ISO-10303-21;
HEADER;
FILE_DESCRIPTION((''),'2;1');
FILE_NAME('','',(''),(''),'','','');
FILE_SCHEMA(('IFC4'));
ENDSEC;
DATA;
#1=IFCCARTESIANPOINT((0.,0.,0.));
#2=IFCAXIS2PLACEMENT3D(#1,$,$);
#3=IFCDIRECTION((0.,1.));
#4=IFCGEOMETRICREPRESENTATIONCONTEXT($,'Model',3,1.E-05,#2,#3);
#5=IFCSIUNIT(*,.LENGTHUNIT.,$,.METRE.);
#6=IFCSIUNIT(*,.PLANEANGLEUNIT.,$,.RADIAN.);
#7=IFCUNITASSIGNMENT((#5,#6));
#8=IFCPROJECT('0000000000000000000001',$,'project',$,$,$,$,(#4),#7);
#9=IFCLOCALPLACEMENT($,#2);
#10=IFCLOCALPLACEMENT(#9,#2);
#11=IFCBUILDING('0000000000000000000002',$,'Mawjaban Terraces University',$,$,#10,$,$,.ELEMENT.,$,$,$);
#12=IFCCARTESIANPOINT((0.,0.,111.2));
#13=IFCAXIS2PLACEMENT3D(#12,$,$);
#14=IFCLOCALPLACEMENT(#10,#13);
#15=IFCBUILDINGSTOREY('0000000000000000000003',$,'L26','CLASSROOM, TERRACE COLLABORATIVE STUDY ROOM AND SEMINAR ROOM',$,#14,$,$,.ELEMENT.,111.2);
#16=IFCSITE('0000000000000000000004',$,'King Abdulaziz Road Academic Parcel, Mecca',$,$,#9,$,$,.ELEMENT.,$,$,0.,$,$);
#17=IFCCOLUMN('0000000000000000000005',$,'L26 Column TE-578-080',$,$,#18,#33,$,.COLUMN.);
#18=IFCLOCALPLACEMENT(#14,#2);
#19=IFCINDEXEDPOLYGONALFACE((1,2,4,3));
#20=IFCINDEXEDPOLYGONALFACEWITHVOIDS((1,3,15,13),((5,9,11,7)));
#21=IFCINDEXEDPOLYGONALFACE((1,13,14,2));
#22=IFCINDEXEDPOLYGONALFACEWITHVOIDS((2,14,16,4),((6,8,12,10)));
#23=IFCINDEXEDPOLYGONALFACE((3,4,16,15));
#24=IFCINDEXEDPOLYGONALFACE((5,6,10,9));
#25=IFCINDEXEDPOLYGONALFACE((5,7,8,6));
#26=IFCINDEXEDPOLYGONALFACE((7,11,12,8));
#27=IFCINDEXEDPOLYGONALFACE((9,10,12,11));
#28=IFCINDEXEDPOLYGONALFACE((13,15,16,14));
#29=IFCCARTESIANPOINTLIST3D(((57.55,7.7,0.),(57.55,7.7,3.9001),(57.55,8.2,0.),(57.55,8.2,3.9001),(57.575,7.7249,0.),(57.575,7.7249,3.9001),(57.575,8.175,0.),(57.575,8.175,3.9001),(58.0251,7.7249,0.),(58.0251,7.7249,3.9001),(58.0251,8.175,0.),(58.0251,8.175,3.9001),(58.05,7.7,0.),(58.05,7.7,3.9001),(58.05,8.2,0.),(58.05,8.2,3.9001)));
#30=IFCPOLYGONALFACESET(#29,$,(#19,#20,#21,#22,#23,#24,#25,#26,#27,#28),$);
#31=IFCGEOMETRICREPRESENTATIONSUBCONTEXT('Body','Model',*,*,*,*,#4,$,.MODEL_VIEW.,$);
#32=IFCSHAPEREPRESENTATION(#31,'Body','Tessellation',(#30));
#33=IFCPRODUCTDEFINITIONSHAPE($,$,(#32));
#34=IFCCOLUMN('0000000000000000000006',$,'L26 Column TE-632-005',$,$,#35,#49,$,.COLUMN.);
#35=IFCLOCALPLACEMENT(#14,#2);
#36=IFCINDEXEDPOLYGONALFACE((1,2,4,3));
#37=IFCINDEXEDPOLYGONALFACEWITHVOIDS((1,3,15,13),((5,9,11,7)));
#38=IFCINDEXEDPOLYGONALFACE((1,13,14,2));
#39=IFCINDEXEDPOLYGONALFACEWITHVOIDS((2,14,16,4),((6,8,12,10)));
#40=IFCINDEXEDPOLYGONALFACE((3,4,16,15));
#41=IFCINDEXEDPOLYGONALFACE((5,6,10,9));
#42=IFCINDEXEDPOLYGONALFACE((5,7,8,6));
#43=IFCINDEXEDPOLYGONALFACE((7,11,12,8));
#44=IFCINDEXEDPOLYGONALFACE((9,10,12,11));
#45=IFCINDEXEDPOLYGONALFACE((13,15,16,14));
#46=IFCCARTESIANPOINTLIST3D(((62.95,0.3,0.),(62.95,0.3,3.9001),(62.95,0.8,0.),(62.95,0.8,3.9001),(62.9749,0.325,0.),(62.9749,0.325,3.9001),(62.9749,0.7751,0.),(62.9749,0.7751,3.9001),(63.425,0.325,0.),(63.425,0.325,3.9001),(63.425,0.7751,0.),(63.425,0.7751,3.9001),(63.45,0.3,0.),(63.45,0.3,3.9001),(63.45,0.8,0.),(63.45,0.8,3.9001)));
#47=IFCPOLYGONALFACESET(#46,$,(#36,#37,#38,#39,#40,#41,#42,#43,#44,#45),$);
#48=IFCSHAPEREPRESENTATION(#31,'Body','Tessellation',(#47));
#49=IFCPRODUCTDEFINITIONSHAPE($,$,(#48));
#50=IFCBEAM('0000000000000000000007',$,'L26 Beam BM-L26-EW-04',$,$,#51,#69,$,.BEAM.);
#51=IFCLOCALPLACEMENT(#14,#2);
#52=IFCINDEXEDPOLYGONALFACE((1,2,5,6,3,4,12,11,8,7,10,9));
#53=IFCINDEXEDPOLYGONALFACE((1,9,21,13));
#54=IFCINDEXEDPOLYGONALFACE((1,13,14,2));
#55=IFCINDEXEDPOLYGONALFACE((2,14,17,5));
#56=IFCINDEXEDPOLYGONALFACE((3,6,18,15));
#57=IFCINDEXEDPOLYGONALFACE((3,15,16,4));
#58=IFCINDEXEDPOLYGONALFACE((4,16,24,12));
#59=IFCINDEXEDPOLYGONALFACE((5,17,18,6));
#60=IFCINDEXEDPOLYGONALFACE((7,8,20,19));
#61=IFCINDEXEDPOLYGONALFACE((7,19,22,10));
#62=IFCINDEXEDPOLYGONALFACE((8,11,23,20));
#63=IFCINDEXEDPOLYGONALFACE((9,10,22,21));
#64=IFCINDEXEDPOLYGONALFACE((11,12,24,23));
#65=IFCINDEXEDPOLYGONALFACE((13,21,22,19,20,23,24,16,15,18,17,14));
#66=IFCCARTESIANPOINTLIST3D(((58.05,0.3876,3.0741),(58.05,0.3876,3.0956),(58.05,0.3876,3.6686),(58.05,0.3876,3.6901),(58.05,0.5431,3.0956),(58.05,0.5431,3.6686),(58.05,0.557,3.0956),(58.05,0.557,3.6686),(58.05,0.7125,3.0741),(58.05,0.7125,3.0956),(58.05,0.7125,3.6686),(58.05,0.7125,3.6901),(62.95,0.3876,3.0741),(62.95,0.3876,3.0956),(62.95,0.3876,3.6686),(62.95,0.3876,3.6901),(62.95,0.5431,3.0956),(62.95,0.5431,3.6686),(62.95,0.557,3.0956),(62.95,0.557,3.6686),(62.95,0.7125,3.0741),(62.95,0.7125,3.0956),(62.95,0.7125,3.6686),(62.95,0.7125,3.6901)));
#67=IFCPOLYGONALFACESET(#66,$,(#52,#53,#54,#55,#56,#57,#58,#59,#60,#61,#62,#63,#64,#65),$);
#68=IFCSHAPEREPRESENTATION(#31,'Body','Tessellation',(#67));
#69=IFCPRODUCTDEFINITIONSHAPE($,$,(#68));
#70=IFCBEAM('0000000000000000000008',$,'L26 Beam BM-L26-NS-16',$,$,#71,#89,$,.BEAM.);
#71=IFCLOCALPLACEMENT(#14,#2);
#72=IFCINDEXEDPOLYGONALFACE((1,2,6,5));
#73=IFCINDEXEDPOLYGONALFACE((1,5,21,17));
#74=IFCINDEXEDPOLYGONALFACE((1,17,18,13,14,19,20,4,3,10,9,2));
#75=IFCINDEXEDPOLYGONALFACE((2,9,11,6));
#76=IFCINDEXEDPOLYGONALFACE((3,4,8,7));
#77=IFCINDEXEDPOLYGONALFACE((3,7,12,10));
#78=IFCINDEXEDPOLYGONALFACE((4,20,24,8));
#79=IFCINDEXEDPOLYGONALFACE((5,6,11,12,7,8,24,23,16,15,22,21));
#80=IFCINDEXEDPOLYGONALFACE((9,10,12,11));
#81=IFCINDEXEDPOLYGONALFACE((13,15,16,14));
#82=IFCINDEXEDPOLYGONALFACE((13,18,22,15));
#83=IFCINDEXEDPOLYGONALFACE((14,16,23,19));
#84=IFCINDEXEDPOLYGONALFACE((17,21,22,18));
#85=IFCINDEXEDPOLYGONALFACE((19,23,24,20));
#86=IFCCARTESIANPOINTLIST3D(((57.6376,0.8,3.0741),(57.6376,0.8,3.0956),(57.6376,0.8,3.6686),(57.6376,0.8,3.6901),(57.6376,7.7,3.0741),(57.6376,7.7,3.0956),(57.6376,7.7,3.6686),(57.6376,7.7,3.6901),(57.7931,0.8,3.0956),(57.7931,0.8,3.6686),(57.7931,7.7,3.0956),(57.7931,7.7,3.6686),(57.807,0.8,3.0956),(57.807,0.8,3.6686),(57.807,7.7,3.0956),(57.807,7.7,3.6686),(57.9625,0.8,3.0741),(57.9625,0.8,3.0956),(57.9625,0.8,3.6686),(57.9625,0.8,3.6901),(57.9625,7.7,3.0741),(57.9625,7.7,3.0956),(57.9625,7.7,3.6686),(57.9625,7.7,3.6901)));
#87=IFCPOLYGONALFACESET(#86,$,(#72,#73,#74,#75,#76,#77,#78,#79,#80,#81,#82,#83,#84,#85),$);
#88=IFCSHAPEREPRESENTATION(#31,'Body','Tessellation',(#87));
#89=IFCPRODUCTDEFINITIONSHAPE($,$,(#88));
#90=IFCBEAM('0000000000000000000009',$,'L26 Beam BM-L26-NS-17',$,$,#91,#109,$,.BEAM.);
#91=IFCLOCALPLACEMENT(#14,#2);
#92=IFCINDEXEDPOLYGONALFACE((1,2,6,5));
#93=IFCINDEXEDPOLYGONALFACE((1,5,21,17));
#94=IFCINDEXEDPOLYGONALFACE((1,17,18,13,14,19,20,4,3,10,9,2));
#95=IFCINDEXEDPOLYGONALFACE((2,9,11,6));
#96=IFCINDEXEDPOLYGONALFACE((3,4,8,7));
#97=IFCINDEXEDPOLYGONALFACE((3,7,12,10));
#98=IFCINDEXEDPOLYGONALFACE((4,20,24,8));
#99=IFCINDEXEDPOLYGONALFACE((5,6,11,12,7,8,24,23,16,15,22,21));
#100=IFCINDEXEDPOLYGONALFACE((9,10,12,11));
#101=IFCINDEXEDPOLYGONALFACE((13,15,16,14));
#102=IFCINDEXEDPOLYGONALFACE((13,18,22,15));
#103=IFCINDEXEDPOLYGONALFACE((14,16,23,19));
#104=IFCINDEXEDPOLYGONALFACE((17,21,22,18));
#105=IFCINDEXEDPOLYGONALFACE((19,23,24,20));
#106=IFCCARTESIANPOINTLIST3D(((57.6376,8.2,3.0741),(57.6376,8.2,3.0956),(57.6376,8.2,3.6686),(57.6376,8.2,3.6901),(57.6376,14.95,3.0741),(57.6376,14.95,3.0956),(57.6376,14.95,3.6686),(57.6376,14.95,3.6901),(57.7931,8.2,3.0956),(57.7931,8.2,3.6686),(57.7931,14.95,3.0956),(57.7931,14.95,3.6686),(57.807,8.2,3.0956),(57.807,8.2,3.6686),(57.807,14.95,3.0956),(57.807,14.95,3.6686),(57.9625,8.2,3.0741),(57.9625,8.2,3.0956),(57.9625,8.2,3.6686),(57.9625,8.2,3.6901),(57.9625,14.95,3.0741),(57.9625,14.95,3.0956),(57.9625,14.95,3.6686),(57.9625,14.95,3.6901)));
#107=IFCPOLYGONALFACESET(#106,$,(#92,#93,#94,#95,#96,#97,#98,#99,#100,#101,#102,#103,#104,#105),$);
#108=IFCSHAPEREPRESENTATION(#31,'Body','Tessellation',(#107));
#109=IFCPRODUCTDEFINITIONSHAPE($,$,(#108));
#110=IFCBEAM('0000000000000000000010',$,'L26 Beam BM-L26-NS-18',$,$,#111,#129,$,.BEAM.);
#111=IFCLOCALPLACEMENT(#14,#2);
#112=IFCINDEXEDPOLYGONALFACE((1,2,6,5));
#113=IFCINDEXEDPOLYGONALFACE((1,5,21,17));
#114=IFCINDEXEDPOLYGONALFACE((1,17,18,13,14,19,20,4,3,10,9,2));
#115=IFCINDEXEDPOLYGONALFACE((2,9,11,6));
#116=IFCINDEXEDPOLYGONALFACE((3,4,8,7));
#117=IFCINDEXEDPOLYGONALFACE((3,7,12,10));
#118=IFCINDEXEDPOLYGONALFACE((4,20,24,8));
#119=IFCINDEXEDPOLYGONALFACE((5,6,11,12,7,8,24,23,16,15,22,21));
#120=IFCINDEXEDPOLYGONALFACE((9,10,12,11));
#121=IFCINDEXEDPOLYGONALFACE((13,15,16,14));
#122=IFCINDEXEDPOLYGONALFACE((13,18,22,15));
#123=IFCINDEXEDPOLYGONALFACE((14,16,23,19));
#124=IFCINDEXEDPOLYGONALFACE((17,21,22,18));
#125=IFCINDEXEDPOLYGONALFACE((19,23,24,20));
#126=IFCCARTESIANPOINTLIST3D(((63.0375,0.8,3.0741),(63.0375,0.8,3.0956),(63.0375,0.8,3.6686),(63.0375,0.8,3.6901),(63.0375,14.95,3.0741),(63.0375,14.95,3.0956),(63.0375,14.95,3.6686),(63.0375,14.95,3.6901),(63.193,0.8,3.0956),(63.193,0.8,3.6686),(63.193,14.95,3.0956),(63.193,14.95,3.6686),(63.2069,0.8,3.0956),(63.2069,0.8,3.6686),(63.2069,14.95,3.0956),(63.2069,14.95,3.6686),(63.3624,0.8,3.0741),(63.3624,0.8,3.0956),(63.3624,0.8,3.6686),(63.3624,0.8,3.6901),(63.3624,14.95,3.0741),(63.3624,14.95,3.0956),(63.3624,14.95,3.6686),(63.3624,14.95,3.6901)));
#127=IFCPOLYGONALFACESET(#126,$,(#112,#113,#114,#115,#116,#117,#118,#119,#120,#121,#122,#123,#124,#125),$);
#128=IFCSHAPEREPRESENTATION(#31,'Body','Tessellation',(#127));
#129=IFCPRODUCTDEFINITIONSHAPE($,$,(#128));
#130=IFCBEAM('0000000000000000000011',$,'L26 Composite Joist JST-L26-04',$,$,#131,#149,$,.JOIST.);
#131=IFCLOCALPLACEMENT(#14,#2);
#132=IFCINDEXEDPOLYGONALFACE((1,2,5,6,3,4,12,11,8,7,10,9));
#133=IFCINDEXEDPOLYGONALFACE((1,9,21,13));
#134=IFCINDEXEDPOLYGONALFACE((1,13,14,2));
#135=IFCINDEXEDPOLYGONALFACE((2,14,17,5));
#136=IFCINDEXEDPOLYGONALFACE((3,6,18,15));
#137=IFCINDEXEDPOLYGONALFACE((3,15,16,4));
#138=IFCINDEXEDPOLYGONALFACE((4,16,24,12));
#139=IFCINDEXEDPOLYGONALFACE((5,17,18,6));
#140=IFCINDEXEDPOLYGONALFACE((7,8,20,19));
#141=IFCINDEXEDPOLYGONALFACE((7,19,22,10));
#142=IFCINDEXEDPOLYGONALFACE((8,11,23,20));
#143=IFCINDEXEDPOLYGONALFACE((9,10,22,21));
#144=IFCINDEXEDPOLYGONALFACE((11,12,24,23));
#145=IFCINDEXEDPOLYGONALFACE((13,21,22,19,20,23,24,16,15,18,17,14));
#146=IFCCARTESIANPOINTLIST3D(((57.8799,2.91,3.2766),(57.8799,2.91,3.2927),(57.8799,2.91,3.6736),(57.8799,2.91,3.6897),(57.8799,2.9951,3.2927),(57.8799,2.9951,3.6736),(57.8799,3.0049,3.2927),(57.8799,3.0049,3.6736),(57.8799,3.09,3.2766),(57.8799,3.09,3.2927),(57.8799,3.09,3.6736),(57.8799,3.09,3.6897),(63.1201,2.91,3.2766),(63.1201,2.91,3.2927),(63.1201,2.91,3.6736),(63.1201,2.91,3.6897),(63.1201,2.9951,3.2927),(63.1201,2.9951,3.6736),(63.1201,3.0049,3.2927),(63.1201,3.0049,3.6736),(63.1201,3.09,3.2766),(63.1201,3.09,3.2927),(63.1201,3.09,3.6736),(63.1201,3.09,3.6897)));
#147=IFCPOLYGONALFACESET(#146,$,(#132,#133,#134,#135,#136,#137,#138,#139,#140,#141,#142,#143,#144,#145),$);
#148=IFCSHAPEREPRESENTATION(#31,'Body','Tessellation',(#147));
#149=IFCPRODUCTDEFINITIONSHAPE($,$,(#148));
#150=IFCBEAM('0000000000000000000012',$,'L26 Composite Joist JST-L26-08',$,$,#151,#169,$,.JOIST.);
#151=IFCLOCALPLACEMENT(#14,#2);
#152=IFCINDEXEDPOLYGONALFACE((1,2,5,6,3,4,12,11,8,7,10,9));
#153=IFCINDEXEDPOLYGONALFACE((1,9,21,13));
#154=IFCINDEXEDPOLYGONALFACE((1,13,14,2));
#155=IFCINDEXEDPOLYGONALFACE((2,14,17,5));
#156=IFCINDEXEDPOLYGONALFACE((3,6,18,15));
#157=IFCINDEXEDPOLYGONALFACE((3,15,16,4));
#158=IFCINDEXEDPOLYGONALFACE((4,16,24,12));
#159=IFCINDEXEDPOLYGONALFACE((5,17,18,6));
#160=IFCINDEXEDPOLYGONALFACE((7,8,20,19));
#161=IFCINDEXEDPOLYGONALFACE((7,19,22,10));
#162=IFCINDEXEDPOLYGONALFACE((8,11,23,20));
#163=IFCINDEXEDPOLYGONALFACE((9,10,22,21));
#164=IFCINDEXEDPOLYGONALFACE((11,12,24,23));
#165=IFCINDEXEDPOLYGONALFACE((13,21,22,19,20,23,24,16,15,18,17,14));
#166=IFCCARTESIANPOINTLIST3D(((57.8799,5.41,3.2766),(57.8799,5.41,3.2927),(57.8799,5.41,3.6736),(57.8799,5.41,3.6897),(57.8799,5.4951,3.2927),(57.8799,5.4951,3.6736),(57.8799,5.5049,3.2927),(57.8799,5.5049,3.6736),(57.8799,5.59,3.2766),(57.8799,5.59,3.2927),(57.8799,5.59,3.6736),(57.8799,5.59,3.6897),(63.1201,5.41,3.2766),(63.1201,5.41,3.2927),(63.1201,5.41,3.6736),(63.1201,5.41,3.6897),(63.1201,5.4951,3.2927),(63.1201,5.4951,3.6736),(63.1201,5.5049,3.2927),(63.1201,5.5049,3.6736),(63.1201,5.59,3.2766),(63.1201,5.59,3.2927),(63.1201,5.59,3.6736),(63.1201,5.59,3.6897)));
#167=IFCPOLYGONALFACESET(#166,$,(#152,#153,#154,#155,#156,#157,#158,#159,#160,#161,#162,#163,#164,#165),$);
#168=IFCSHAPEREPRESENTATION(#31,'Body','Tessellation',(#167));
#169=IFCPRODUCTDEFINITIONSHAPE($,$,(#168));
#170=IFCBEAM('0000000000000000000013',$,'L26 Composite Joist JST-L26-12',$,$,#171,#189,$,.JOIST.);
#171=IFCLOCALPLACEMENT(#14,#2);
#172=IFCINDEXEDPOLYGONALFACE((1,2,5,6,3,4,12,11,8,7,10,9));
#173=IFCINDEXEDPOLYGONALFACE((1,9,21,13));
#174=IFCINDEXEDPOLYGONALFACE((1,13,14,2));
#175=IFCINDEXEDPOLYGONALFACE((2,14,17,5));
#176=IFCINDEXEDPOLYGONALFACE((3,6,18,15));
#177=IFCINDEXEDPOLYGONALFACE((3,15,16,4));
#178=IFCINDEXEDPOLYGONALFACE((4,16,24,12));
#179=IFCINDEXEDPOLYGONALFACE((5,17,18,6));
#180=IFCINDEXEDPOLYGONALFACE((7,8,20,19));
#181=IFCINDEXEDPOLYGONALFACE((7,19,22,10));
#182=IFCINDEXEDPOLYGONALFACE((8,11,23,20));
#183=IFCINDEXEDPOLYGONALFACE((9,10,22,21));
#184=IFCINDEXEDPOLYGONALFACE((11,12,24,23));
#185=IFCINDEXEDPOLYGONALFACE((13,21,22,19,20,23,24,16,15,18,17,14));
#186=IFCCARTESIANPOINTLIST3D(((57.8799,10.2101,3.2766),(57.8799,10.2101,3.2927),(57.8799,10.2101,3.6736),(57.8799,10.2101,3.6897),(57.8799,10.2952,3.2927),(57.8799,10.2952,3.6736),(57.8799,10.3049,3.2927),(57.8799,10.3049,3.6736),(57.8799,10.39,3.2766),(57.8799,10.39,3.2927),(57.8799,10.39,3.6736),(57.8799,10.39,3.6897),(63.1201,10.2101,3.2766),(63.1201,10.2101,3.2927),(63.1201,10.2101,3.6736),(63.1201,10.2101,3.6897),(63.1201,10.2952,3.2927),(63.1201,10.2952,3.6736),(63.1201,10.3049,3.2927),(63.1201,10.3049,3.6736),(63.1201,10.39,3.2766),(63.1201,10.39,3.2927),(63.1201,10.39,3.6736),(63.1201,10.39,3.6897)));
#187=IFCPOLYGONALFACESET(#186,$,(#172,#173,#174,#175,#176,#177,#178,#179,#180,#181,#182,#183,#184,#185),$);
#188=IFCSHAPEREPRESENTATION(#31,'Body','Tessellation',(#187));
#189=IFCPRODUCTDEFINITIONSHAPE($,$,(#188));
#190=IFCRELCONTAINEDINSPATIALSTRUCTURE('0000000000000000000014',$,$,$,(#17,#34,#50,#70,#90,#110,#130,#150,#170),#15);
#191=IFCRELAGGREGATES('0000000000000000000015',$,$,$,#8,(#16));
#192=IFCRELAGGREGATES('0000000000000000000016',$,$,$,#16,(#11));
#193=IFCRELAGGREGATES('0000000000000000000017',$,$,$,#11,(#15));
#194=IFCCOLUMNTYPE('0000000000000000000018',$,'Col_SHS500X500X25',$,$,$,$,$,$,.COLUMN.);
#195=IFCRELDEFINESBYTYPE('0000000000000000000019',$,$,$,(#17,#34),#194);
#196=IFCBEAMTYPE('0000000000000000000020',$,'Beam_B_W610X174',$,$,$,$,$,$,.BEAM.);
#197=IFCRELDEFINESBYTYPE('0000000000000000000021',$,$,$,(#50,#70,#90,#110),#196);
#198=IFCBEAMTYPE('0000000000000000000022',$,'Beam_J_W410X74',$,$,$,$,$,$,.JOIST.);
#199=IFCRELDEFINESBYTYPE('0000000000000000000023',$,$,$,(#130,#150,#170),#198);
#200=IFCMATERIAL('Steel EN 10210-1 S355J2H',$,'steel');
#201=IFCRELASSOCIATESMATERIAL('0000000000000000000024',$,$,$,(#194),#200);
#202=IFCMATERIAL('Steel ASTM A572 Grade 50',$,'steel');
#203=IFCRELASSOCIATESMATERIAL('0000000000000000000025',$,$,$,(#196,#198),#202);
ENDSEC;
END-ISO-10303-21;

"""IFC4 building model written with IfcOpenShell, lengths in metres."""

from ifc_helpers import new_model, si_unit, direction, frame, origin, origin_2d, place, context, subcontext, project, spatial, hollow_rectangle, i_section, extrude, material, material_profile, profile_set, type_object, element, save


model = new_model("IFC4")

# Units and contexts
model_context = context("Model", 3, precision=1e-05, world=origin(), true_north=direction((0.0, 1.0)))
body_context = subcontext(model_context, "Body", "Model", "MODEL_VIEW")
ifc_project = project(units=[si_unit("LENGTHUNIT", "METRE"), si_unit("PLANEANGLEUNIT", "RADIAN")], contexts=[model_context])

# Site, building, storey
site_placement = place(None, origin())
site = spatial("IfcSite", under=ifc_project, at=site_placement, Name="King Abdulaziz Road Academic Parcel, Mecca", CompositionType="ELEMENT", RefElevation=0.0)
building_placement = place(site_placement, origin())
building = spatial("IfcBuilding", under=site, at=building_placement, Name="Mawjaban Terraces University", CompositionType="ELEMENT")
storey_placement = place(building_placement, frame((0.0, 0.0, 111.2)))
storey = spatial("IfcBuildingStorey", under=building, at=storey_placement, Name="L26", Description="CLASSROOM, TERRACE COLLABORATIVE STUDY ROOM AND SEMINAR ROOM", CompositionType="ELEMENT", Elevation=111.2)

# Columns
ifc_material_1 = material(Name="Steel EN 10210-1 S355J2H", Category="steel")
ifc_material_profile_1 = material_profile(ifc_material_1, hollow_rectangle(XDim=0.5, YDim=0.5, WallThickness=0.0249, at=origin_2d()), Name="SHS500X500X25")
ifc_profile_set_1 = profile_set([ifc_material_profile_1], Name="Steel EN 10210-1 S355J2H")
column_type = type_object("IfcColumnType", Name="Col_SHS500X500X25", PredefinedType="COLUMN", material=ifc_profile_set_1)
for number, where, z_axis, x_axis, name in (
    (1, (57.8, 7.95, 0.0), (0.0, 0.0, 1.0), (1.0, 0.0, 0.0), "L26 Column TE-578-080"),
    (2, (63.2, 0.55, 0.0), (0.0, 0.0, 1.0), (1.0, 0.0, 0.0), "L26 Column TE-632-005"),
):
    element("IfcColumn", number, at=place(storey_placement, frame(where, z_axis=z_axis, x_axis=x_axis)), inside=storey, type_object=column_type, Name=name, PredefinedType="COLUMN", context=body_context, shape_type="SweptSolid", body=[
        extrude(hollow_rectangle(XDim=0.5, YDim=0.5, WallThickness=0.0249, at=origin_2d()), origin(), (0.0, 0.0, 1.0), 3.9001),
    ])

# Beams
ifc_material_2 = material(Name="Steel ASTM A572 Grade 50", Category="steel")
ifc_material_profile_2 = material_profile(ifc_material_2, i_section(OverallWidth=0.325, OverallDepth=0.616, WebThickness=0.0139, FlangeThickness=0.0215, at=origin_2d()), Name="W610X174")
ifc_profile_set_2 = profile_set([ifc_material_profile_2], Name="Steel ASTM A572 Grade 50")
beam_type_1 = type_object("IfcBeamType", Name="Beam_B_W610X174", PredefinedType="BEAM", material=ifc_profile_set_2)
beam_1_placement = place(storey_placement, frame((58.05, 0.55, 3.3821), z_axis=(1.0, 0.0, 0.0), x_axis=(0.0, 1.0, 0.0)))
element("IfcBeam", 3, at=beam_1_placement, inside=storey, type_object=beam_type_1, Name="L26 Beam BM-L26-EW-04", PredefinedType="BEAM", context=body_context, shape_type="SweptSolid", body=[
    extrude(i_section(OverallWidth=0.325, OverallDepth=0.616, WebThickness=0.0139, FlangeThickness=0.0215, at=origin_2d()), origin(), (0.0, 0.0, 1.0), 4.8999),
])
beam_2_placement = place(storey_placement, frame((57.8, 0.8, 3.3821), z_axis=(0.0, 1.0, 0.0), x_axis=(-1.0, 0.0, 0.0)))
element("IfcBeam", 4, at=beam_2_placement, inside=storey, type_object=beam_type_1, Name="L26 Beam BM-L26-NS-16", PredefinedType="BEAM", context=body_context, shape_type="SweptSolid", body=[
    extrude(i_section(OverallWidth=0.325, OverallDepth=0.616, WebThickness=0.0139, FlangeThickness=0.0215, at=origin_2d()), origin(), (0.0, 0.0, 1.0), 6.8999),
])
beam_3_placement = place(storey_placement, frame((57.8, 8.2, 3.3821), z_axis=(0.0, 1.0, 0.0), x_axis=(-1.0, 0.0, 0.0)))
element("IfcBeam", 5, at=beam_3_placement, inside=storey, type_object=beam_type_1, Name="L26 Beam BM-L26-NS-17", PredefinedType="BEAM", context=body_context, shape_type="SweptSolid", body=[
    extrude(i_section(OverallWidth=0.325, OverallDepth=0.616, WebThickness=0.0139, FlangeThickness=0.0215, at=origin_2d()), origin(), (0.0, 0.0, 1.0), 6.75),
])
beam_4_placement = place(storey_placement, frame((63.2, 0.8, 3.3821), z_axis=(0.0, 1.0, 0.0), x_axis=(-1.0, 0.0, 0.0)))
element("IfcBeam", 6, at=beam_4_placement, inside=storey, type_object=beam_type_1, Name="L26 Beam BM-L26-NS-18", PredefinedType="BEAM", context=body_context, shape_type="SweptSolid", body=[
    extrude(i_section(OverallWidth=0.325, OverallDepth=0.616, WebThickness=0.0139, FlangeThickness=0.0215, at=origin_2d()), origin(), (0.0, 0.0, 1.0), 14.1499),
])
ifc_material_profile_3 = material_profile(ifc_material_2, i_section(OverallWidth=0.1799, OverallDepth=0.4131, WebThickness=0.0098, FlangeThickness=0.0161, at=origin_2d()), Name="W410X74")
ifc_profile_set_3 = profile_set([ifc_material_profile_3], Name="Steel ASTM A572 Grade 50")
beam_type_2 = type_object("IfcBeamType", Name="Beam_J_W410X74", PredefinedType="JOIST", material=ifc_profile_set_3)
for number, where, z_axis, x_axis, name in (
    (7, (57.8799, 3.0, 3.4832), (1.0, 0.0, 0.0), (0.0, 1.0, 0.0), "L26 Composite Joist JST-L26-04"),
    (8, (57.8799, 5.5, 3.4832), (1.0, 0.0, 0.0), (0.0, 1.0, 0.0), "L26 Composite Joist JST-L26-08"),
    (9, (57.8799, 10.3, 3.4832), (1.0, 0.0, 0.0), (0.0, 1.0, 0.0), "L26 Composite Joist JST-L26-12"),
):
    element("IfcBeam", number, at=place(storey_placement, frame(where, z_axis=z_axis, x_axis=x_axis)), inside=storey, type_object=beam_type_2, Name=name, PredefinedType="JOIST", context=body_context, shape_type="SweptSolid", body=[
        extrude(i_section(OverallWidth=0.1799, OverallDepth=0.4131, WebThickness=0.0098, FlangeThickness=0.0161, at=origin_2d()), origin(), (0.0, 0.0, 1.0), 5.2402),
    ])

save(model, "model.ifc")
